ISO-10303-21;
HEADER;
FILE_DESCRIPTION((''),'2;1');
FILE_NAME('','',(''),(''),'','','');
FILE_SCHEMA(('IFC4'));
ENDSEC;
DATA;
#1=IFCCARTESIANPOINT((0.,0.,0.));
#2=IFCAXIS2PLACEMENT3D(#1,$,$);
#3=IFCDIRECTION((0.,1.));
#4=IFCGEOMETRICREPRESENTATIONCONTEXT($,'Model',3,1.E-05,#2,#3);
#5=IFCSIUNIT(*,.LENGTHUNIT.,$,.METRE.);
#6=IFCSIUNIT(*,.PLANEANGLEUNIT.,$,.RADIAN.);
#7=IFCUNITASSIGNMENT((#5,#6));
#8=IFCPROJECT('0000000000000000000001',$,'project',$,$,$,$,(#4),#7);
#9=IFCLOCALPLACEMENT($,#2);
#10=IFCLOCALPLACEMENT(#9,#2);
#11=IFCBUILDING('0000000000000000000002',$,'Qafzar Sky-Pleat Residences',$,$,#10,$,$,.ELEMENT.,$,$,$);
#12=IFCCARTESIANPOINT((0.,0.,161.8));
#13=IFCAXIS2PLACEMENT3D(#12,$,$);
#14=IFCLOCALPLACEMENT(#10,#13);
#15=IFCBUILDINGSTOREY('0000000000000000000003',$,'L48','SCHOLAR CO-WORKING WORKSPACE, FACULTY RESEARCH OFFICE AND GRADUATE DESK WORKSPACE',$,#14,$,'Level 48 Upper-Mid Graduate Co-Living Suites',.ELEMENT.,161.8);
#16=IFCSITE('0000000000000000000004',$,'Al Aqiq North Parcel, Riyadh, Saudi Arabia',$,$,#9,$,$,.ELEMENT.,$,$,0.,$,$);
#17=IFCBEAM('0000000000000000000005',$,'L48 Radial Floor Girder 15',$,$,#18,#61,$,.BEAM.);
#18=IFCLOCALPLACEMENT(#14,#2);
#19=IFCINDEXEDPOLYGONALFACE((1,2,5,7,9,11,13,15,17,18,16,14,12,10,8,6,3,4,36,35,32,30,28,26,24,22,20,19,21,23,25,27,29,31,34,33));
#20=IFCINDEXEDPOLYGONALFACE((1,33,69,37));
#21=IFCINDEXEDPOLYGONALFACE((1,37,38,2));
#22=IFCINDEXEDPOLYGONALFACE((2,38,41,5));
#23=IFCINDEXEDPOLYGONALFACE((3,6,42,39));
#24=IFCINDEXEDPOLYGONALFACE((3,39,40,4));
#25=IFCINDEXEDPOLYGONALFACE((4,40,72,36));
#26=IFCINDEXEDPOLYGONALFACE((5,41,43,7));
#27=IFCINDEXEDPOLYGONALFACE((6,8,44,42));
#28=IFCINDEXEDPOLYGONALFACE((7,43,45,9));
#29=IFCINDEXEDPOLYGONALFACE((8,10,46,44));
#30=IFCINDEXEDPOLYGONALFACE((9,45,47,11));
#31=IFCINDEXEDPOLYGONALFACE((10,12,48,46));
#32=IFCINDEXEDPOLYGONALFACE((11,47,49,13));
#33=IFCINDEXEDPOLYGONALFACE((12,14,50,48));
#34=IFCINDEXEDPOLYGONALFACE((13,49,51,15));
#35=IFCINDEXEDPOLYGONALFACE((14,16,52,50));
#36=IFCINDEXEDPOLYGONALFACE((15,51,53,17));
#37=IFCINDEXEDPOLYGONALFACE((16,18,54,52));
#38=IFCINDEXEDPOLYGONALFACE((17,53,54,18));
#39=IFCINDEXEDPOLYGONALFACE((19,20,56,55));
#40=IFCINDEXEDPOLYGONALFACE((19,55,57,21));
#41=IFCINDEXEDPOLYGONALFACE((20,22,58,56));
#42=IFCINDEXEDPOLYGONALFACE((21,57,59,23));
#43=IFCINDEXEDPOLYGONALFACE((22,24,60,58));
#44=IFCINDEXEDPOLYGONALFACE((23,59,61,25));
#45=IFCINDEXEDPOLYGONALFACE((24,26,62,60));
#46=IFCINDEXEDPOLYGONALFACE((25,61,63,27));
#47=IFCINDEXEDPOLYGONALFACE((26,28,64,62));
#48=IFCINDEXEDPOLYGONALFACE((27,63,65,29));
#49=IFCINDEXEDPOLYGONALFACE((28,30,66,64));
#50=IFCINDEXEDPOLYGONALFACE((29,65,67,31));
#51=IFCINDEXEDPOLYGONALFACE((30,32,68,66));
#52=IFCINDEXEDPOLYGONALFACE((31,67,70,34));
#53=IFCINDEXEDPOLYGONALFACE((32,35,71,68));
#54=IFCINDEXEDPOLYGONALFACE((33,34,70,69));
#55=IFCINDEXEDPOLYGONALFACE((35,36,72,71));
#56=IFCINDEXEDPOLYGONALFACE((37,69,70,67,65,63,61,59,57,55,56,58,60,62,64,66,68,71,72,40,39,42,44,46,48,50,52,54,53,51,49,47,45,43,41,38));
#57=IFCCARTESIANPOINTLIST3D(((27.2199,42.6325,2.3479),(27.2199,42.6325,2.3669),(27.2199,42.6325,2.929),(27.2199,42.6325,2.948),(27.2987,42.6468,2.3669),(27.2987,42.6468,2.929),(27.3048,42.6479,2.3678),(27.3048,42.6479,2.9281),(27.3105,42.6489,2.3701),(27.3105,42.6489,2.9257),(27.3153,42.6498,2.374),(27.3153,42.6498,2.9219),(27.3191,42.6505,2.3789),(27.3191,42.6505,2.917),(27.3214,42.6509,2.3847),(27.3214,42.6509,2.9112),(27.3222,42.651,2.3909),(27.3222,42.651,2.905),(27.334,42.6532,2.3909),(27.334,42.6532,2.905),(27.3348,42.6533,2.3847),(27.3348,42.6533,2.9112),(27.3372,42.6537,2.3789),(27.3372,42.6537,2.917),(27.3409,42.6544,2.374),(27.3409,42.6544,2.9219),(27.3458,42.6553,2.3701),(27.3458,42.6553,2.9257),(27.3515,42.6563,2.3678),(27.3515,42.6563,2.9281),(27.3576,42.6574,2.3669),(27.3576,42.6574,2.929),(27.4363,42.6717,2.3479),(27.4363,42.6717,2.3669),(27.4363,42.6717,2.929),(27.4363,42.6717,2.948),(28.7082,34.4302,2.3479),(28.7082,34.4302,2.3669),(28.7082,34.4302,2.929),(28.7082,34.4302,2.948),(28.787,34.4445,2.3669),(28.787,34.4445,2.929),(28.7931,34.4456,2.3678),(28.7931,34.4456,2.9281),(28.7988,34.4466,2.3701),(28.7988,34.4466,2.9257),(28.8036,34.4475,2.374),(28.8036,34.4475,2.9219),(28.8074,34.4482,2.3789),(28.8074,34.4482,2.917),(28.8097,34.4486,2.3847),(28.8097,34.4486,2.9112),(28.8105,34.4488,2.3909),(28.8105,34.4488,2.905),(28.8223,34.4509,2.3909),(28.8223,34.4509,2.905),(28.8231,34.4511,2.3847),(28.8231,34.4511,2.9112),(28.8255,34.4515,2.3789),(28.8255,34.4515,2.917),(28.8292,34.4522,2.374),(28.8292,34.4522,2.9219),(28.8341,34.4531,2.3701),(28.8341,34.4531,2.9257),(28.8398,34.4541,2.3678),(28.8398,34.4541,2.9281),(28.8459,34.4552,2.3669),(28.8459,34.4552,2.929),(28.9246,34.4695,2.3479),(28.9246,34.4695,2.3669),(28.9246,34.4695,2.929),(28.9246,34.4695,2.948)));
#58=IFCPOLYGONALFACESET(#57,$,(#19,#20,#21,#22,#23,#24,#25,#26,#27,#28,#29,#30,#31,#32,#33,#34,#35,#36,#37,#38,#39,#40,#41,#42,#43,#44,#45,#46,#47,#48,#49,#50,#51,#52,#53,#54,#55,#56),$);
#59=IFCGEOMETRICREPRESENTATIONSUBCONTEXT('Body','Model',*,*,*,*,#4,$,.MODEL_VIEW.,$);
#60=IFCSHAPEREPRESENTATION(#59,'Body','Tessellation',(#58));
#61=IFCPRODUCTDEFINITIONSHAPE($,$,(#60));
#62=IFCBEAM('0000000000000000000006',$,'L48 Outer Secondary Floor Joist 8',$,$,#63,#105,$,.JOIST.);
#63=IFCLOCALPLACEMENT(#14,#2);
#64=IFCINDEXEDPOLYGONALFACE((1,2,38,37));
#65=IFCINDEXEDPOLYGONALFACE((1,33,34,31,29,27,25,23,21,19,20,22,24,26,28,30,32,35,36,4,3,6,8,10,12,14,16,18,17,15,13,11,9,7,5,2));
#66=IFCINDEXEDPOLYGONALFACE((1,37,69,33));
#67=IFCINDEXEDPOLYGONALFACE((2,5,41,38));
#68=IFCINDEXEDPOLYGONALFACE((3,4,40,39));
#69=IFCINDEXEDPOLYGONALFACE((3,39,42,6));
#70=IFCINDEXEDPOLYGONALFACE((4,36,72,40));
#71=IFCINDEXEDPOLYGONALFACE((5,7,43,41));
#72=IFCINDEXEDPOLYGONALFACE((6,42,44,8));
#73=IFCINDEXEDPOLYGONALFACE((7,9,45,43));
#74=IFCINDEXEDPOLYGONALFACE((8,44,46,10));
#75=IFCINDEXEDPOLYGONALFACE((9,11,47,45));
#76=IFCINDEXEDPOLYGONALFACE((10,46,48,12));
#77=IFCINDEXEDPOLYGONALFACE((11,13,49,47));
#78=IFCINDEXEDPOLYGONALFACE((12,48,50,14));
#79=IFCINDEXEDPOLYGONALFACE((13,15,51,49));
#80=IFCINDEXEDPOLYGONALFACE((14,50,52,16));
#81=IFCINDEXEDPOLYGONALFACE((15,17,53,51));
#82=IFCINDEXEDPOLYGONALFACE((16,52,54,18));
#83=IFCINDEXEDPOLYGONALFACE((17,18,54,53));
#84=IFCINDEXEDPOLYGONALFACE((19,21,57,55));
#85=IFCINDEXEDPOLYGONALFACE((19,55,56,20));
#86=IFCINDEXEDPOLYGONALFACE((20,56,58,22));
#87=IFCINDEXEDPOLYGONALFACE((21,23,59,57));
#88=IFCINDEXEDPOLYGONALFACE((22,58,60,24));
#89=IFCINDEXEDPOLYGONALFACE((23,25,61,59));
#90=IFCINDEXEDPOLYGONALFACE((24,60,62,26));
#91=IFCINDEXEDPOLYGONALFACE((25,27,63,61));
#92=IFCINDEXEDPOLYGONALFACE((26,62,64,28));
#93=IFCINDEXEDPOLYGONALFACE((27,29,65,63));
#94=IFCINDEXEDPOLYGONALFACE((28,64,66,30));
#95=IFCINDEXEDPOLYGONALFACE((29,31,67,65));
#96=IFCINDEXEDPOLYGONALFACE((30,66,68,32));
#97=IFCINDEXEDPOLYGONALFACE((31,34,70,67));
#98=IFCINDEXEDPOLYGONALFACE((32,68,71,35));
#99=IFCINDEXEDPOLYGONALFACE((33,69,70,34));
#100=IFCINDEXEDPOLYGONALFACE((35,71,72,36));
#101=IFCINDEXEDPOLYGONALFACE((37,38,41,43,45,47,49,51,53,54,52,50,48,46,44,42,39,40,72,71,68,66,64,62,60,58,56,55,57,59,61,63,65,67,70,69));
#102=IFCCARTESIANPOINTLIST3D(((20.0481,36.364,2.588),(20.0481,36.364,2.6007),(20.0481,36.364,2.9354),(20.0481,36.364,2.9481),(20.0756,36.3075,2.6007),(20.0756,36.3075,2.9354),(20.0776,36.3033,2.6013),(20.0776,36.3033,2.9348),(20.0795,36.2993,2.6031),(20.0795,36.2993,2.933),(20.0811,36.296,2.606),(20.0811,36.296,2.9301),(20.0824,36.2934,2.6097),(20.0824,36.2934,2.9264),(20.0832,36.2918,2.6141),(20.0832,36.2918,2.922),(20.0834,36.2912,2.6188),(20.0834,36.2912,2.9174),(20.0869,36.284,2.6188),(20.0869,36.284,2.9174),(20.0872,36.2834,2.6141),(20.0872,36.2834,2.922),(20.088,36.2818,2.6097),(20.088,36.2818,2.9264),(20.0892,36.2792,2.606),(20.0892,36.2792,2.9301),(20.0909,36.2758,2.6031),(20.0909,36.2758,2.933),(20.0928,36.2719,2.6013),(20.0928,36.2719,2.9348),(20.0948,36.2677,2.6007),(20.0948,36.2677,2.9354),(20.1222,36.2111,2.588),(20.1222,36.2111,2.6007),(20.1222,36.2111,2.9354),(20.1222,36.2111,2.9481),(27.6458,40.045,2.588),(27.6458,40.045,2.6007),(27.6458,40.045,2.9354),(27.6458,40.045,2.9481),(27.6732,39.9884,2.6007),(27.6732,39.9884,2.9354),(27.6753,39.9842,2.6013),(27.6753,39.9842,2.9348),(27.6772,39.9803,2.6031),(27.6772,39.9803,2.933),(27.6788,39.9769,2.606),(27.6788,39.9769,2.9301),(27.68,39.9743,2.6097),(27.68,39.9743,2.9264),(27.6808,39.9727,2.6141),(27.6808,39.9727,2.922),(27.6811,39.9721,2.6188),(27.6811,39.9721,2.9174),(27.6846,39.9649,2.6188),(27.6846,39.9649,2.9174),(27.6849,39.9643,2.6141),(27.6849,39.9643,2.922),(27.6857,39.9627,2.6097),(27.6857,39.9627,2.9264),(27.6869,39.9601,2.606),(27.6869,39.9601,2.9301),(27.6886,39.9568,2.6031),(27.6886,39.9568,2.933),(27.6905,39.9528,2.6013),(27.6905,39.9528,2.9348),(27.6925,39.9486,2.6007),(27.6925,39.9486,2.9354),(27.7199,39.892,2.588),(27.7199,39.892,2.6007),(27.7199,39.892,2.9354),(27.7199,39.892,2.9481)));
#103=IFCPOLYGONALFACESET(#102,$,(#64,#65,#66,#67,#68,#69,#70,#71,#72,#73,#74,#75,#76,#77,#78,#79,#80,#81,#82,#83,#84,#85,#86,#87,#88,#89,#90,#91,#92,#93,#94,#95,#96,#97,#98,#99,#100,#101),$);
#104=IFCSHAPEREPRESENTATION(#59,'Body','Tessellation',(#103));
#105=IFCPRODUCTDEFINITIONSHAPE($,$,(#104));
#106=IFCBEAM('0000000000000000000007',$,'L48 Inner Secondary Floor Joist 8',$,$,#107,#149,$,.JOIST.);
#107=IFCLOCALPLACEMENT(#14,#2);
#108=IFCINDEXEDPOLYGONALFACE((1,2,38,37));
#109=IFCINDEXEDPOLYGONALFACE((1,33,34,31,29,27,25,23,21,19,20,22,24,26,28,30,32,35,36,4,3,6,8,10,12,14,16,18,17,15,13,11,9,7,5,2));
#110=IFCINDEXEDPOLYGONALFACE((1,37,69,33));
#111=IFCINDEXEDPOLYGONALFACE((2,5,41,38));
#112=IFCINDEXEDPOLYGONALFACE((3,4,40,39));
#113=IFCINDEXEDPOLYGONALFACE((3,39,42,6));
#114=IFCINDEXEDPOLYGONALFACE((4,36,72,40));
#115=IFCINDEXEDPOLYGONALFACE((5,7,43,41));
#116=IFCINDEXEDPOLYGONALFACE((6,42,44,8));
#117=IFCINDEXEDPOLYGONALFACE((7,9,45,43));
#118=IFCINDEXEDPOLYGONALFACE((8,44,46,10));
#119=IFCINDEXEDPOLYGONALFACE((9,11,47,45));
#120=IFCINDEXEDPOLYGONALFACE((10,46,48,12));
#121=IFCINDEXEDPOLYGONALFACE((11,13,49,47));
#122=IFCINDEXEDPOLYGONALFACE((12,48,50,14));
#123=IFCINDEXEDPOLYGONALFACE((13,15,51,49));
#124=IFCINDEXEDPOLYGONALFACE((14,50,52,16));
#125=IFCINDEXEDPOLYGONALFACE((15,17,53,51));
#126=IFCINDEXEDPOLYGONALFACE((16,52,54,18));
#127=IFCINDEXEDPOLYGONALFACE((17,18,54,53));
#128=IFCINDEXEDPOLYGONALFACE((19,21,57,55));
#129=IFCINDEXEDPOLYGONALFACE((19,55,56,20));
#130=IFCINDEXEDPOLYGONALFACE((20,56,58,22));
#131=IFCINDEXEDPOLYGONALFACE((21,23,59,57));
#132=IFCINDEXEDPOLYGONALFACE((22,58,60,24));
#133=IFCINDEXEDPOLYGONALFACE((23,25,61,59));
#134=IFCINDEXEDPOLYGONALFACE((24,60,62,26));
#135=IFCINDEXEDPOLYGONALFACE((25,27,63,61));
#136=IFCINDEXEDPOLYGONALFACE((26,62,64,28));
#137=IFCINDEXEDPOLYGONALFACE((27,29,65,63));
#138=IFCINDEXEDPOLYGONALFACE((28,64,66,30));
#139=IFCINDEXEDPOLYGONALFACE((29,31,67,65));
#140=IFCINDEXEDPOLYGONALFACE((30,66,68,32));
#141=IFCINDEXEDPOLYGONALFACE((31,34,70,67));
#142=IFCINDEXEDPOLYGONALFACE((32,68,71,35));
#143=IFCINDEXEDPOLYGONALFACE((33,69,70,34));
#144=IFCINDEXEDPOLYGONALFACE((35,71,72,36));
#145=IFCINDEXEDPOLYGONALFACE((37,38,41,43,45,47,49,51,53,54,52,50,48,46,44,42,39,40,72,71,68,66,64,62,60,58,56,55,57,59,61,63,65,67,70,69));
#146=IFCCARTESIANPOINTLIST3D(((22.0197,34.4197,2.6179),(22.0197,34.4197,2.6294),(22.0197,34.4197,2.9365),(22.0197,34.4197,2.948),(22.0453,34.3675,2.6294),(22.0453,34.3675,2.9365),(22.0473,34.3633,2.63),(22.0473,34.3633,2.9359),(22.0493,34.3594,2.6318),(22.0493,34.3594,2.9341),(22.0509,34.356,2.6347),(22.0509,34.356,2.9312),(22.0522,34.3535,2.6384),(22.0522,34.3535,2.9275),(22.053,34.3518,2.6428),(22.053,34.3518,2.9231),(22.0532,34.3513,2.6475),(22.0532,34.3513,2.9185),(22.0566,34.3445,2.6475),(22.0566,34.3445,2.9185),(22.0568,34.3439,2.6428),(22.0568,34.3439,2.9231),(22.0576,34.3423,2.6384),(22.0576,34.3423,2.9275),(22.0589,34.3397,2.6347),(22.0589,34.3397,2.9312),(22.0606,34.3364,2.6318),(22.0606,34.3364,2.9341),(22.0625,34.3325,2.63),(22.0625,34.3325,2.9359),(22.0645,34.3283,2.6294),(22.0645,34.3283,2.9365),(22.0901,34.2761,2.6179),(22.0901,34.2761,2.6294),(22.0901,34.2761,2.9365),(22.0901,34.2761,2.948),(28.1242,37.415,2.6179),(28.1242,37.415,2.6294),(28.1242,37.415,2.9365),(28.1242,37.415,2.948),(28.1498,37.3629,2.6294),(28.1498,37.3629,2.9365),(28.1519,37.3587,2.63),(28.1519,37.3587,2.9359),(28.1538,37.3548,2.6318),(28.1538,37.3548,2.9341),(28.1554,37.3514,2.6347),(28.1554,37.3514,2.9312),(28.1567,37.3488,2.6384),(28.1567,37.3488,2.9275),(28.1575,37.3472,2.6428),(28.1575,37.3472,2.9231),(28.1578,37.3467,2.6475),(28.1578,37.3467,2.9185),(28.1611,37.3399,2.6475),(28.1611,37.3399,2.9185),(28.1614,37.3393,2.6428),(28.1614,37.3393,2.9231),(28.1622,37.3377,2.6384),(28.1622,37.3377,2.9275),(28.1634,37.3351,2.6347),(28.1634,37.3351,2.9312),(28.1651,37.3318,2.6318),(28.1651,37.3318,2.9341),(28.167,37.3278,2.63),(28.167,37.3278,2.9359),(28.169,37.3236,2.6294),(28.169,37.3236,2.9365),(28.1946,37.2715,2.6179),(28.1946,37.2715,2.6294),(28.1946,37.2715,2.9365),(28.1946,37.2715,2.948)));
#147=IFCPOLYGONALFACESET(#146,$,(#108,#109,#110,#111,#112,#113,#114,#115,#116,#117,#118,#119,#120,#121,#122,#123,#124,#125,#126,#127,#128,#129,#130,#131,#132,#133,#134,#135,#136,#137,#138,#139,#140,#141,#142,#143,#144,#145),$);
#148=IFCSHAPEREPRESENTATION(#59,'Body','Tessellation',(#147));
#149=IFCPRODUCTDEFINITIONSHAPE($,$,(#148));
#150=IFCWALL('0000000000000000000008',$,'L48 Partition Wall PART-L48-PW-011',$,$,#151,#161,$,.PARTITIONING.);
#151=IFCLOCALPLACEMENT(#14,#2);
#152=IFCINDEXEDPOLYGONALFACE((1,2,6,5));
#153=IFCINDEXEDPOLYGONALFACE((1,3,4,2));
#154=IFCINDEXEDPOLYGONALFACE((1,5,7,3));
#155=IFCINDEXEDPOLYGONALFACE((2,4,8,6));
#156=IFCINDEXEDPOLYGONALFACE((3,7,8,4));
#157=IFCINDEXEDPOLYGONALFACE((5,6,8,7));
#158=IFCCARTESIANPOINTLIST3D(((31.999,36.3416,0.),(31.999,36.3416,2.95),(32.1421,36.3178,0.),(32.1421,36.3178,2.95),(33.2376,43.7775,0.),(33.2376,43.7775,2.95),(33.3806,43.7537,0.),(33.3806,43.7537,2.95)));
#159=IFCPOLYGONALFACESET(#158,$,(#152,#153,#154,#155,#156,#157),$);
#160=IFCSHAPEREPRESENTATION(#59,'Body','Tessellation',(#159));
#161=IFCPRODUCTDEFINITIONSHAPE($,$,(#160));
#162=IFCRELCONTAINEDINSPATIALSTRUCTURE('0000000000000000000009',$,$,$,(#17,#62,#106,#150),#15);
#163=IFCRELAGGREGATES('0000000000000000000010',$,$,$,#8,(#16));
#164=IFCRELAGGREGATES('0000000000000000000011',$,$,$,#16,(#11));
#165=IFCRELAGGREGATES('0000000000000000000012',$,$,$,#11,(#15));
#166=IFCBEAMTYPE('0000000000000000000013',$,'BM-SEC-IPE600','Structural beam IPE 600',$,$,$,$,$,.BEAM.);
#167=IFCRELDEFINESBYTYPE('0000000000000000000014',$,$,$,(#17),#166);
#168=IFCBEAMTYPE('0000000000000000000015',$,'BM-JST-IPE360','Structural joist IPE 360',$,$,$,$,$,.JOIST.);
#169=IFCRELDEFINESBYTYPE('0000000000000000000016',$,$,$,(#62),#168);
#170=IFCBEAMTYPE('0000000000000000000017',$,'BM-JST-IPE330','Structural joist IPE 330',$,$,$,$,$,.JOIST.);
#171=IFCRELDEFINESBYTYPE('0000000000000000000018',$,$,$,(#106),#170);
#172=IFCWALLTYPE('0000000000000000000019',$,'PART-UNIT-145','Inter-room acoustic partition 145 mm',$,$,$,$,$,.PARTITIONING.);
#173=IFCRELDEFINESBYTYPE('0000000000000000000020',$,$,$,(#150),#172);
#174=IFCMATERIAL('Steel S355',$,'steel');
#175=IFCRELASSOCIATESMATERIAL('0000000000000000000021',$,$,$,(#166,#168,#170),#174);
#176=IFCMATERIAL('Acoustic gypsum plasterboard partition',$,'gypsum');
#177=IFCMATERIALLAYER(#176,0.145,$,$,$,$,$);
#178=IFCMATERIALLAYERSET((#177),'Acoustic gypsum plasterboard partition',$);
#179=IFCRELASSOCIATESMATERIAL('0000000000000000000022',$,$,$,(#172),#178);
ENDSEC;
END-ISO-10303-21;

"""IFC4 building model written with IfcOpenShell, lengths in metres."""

from ifc_helpers import new_model, si_unit, direction, frame, frame_2d, origin, origin_2d, place, context, subcontext, project, spatial, rectangle, i_section, extrude, source, transform, mapped, material, layer, layer_set, material_profile, profile_set, type_object, element, save


model = new_model("IFC4")

# Units and contexts
model_context = context("Model", 3, precision=1e-05, world=origin(), true_north=direction((0.0, 1.0)))
body_context = subcontext(model_context, "Body", "Model", "MODEL_VIEW")
ifc_project = project(units=[si_unit("LENGTHUNIT", "METRE"), si_unit("PLANEANGLEUNIT", "RADIAN")], contexts=[model_context])

# Site, building, storey
site_placement = place(None, origin())
site = spatial("IfcSite", under=ifc_project, at=site_placement, Name="Al Aqiq North Parcel, Riyadh, Saudi Arabia", CompositionType="ELEMENT", RefElevation=0.0)
building_placement = place(site_placement, origin())
building = spatial("IfcBuilding", under=site, at=building_placement, Name="Qafzar Sky-Pleat Residences", CompositionType="ELEMENT")
storey_placement = place(building_placement, frame((0.0, 0.0, 161.8)))
storey = spatial("IfcBuildingStorey", under=building, at=storey_placement, Name="L48", Description="SCHOLAR CO-WORKING WORKSPACE, FACULTY RESEARCH OFFICE AND GRADUATE DESK WORKSPACE", LongName="Level 48 Upper-Mid Graduate Co-Living Suites", CompositionType="ELEMENT", Elevation=161.8)

# Shared definitions
ifc_material_1 = material(Name="Steel S355", Category="steel")

# Beams
ifc_material_profile_1 = material_profile(ifc_material_1, i_section(OverallWidth=0.22, OverallDepth=0.6001, WebThickness=0.012, FlangeThickness=0.019, FilletRadius=0.0239, at=origin_2d()), Name="IPE 600")
ifc_profile_set_1 = profile_set([ifc_material_profile_1], Name="Steel S355")
beam_type_1 = type_object("IfcBeamType", Name="BM-SEC-IPE600", Description="Structural beam IPE 600", PredefinedType="BEAM", material=ifc_profile_set_1)
shared_shape_1 = source(origin(), body_context, "Body", "SweptSolid", [
    extrude(i_section(OverallWidth=0.22, OverallDepth=0.6001, WebThickness=0.012, FlangeThickness=0.019, FilletRadius=0.0239, at=origin_2d()), origin(), (0.0, 0.0, 1.0), 8.3362),
])
beam_1_placement = place(storey_placement, frame((27.3281, 42.6521, 2.6479), z_axis=(0.178535, -0.983934, 0.0), x_axis=(0.983934, 0.178535, 0.0)))
element("IfcBeam", 1, at=beam_1_placement, inside=storey, type_object=beam_type_1, Name="L48 Radial Floor Girder 15", PredefinedType="BEAM", context=body_context, shape_type="MappedRepresentation", body=[
    mapped(shared_shape_1, transform((0.0, 0.0, 0.0), x_axis=(1.0, 0.0, 0.0), y_axis=(0.0, 1.0, 0.0), z_axis=(0.0, 0.0, 1.0), scale=1.0)),
])
ifc_material_profile_2 = material_profile(ifc_material_1, i_section(OverallWidth=0.1699, OverallDepth=0.3601, WebThickness=0.0081, FlangeThickness=0.0127, FilletRadius=0.0181, at=origin_2d()), Name="IPE 360")
ifc_profile_set_2 = profile_set([ifc_material_profile_2], Name="Steel S355")
beam_type_2 = type_object("IfcBeamType", Name="BM-JST-IPE360", Description="Structural joist IPE 360", PredefinedType="JOIST", material=ifc_profile_set_2)
shared_shape_2 = source(origin(), body_context, "Body", "SweptSolid", [
    extrude(i_section(OverallWidth=0.1699, OverallDepth=0.3601, WebThickness=0.0081, FlangeThickness=0.0127, FilletRadius=0.0181, at=origin_2d()), origin(), (0.0, 0.0, 1.0), 8.4424),
])
beam_2_placement = place(storey_placement, frame((27.6829, 39.9685, 2.7681), z_axis=(-0.899944, -0.436005, 0.0), x_axis=(0.436005, -0.899944, 0.0)))
element("IfcBeam", 2, at=beam_2_placement, inside=storey, type_object=beam_type_2, Name="L48 Outer Secondary Floor Joist 8", PredefinedType="JOIST", context=body_context, shape_type="MappedRepresentation", body=[
    mapped(shared_shape_2, transform((0.0, 0.0, 0.0), x_axis=(1.0, 0.0, 0.0), y_axis=(0.0, 1.0, 0.0), z_axis=(0.0, 0.0, 1.0), scale=1.0)),
])
ifc_material_profile_3 = material_profile(ifc_material_1, i_section(OverallWidth=0.1599, OverallDepth=0.3301, WebThickness=0.0076, FlangeThickness=0.0115, FilletRadius=0.0181, at=origin_2d()), Name="IPE 330")
ifc_profile_set_3 = profile_set([ifc_material_profile_3], Name="Steel S355")
beam_type_3 = type_object("IfcBeamType", Name="BM-JST-IPE330", Description="Structural joist IPE 330", PredefinedType="JOIST", material=ifc_profile_set_3)
shared_shape_3 = source(origin(), body_context, "Body", "SweptSolid", [
    extrude(i_section(OverallWidth=0.1599, OverallDepth=0.3301, WebThickness=0.0076, FlangeThickness=0.0115, FilletRadius=0.0181, at=origin_2d()), origin(), (0.0, 0.0, 1.0), 6.7998),
])
beam_3_placement = place(storey_placement, frame((28.1594, 37.3433, 2.783), z_axis=(-0.897748, -0.440509, 0.0), x_axis=(0.440509, -0.897748, 0.0)))
element("IfcBeam", 3, at=beam_3_placement, inside=storey, type_object=beam_type_3, Name="L48 Inner Secondary Floor Joist 8", PredefinedType="JOIST", context=body_context, shape_type="MappedRepresentation", body=[
    mapped(shared_shape_3, transform((0.0, 0.0, 0.0), x_axis=(1.0, 0.0, 0.0), y_axis=(0.0, 1.0, 0.0), z_axis=(0.0, 0.0, 1.0), scale=1.0)),
])

# Wall
ifc_material_2 = material(Name="Acoustic gypsum plasterboard partition", Category="gypsum")
ifc_layer_1 = layer(ifc_material_2, 0.145)
ifc_layer_set_1 = layer_set([ifc_layer_1], Name="Acoustic gypsum plasterboard partition")
wall_type_1 = type_object("IfcWallType", Name="PART-UNIT-145", Description="Inter-room acoustic partition 145 mm", PredefinedType="PARTITIONING", material=ifc_layer_set_1)
wall_1_placement = place(storey_placement, frame((32.0706, 36.3298, 0.0), z_axis=(0.0, 0.0, 1.0), x_axis=(0.164299, 0.986411, 0.0)))
element("IfcWall", 4, at=wall_1_placement, inside=storey, type_object=wall_type_1, Name="L48 Partition Wall PART-L48-PW-011", PredefinedType="PARTITIONING", context=body_context, shape_type="SweptSolid", body=[
    extrude(rectangle(XDim=7.5383, YDim=0.145, at=frame_2d((3.769, 0.0))), origin(), (0.0, 0.0, 1.0), 2.95),
])

save(model, "model.ifc")
